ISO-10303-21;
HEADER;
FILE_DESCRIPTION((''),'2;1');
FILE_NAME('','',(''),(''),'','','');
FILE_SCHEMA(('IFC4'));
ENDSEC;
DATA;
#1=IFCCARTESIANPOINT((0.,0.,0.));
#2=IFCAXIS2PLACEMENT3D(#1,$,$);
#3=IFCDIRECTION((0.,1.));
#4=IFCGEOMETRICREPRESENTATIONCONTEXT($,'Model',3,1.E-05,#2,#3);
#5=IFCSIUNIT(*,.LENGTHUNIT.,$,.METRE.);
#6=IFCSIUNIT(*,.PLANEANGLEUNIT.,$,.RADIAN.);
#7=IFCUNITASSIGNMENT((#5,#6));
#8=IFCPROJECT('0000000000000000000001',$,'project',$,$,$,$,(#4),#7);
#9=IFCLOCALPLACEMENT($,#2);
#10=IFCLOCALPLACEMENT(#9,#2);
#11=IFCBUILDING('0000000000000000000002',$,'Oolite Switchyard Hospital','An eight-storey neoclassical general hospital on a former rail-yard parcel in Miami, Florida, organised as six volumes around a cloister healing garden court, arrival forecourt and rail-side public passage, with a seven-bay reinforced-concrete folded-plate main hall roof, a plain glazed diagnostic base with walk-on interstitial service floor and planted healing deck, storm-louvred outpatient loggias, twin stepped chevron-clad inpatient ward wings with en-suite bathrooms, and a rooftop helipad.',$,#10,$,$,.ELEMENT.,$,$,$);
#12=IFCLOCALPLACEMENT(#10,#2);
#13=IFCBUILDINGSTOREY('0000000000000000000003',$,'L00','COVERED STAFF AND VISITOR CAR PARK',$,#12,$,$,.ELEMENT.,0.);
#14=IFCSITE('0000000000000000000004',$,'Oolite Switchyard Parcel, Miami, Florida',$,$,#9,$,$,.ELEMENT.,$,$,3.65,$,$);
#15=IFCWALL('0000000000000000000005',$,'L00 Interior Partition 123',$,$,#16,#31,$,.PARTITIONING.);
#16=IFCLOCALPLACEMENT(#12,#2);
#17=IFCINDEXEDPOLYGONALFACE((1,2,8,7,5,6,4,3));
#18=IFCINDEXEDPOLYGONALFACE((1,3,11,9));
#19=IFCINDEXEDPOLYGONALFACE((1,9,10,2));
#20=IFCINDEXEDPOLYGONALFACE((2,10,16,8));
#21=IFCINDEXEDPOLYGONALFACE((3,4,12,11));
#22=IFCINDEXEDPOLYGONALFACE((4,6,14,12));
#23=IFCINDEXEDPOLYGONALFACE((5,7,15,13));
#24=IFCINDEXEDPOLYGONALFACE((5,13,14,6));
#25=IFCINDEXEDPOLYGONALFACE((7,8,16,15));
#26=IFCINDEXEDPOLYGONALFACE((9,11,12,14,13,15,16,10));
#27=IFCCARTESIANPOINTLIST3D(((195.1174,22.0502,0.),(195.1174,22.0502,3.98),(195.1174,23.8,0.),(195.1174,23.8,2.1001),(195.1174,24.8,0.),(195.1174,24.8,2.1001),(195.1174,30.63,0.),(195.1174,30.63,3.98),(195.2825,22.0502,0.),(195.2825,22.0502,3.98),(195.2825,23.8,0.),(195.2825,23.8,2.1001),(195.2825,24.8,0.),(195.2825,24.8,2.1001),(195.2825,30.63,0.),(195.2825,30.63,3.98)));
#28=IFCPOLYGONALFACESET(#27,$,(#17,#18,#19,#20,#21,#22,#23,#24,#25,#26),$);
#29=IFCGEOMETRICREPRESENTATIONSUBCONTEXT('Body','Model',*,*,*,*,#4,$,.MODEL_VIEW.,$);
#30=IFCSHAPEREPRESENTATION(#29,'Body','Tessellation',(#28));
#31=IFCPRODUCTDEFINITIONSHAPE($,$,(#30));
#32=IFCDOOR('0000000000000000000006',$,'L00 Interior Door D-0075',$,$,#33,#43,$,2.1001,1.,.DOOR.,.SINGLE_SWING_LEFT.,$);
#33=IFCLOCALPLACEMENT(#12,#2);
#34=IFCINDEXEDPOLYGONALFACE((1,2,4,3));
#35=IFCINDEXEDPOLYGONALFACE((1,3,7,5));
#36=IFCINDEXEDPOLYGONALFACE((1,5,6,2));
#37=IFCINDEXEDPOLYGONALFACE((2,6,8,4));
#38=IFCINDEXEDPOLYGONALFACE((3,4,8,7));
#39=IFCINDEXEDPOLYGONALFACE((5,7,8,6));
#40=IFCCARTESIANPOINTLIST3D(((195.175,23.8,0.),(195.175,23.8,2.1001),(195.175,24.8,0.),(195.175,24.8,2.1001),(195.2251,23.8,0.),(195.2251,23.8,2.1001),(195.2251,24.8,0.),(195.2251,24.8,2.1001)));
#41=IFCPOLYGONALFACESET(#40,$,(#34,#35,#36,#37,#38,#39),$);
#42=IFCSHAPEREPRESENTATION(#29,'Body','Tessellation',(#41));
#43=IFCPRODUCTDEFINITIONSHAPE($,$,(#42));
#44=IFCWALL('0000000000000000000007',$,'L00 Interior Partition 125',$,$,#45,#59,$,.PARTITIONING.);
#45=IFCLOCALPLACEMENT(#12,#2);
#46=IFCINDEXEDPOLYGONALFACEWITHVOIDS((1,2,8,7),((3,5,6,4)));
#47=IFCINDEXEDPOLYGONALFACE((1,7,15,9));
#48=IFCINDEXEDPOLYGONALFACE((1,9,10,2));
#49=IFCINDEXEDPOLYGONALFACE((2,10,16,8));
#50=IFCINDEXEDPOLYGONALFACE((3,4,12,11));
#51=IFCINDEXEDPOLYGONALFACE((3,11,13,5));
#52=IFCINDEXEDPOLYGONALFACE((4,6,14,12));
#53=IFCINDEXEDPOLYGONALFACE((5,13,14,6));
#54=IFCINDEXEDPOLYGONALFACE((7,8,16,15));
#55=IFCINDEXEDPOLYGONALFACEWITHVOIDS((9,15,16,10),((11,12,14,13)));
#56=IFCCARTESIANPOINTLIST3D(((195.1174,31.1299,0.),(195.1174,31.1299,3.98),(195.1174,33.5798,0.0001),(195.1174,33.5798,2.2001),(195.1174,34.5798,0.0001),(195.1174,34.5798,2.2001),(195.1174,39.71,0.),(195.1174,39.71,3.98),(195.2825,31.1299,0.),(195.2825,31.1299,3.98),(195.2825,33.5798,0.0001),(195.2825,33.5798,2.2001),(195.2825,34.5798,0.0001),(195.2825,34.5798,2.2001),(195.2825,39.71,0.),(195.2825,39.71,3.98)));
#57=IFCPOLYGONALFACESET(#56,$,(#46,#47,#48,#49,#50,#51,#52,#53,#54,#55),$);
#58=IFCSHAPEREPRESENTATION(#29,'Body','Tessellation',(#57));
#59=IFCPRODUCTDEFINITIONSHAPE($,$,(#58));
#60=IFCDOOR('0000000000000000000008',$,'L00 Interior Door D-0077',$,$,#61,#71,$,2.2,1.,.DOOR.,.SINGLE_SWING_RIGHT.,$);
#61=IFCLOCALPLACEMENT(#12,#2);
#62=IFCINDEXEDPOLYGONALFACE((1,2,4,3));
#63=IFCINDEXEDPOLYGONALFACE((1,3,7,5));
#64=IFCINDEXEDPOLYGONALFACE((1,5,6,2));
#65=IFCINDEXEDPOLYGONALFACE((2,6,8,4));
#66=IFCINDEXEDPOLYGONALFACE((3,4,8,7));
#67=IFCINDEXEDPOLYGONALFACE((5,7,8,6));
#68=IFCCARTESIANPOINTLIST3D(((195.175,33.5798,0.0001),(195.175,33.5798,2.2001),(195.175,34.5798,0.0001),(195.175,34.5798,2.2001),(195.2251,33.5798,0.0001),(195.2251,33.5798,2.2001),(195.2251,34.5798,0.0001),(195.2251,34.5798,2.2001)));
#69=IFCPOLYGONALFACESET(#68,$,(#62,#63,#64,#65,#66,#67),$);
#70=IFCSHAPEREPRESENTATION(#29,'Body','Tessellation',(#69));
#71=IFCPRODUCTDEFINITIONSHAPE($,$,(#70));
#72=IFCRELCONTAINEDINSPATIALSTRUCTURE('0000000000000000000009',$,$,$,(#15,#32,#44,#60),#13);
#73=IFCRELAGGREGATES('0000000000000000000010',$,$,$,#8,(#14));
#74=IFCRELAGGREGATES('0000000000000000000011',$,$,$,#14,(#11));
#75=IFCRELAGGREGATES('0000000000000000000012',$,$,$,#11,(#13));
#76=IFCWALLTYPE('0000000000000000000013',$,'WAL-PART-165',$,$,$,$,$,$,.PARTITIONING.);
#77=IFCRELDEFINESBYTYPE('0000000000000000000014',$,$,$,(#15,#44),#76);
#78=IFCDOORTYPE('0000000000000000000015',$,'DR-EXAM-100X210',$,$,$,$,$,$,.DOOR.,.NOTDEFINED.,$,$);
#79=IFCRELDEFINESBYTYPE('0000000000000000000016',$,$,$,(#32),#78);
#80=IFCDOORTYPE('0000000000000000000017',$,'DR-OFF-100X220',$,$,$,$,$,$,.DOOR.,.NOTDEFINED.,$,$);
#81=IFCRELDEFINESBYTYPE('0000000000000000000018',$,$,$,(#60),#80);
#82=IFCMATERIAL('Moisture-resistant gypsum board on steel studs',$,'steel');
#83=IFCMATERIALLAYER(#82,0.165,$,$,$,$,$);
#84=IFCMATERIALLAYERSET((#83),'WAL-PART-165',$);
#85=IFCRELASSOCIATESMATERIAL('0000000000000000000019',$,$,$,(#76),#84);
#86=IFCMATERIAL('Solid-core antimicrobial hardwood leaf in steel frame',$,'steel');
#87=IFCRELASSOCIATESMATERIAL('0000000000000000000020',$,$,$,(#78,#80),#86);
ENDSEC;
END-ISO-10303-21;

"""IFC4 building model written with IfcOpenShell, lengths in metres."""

from ifc_helpers import new_model, si_unit, direction, frame, frame_2d, origin, place, context, subcontext, project, spatial, rectangle, extrude, material, layer, layer_set, type_object, element, fill, save


model = new_model("IFC4")

# Units and contexts
model_context = context("Model", 3, precision=1e-05, world=origin(), true_north=direction((0.0, 1.0)))
body_context = subcontext(model_context, "Body", "Model", "MODEL_VIEW")
ifc_project = project(units=[si_unit("LENGTHUNIT", "METRE"), si_unit("PLANEANGLEUNIT", "RADIAN")], contexts=[model_context])

# Site, building, storey
site_placement = place(None, origin())
site = spatial("IfcSite", under=ifc_project, at=site_placement, Name="Oolite Switchyard Parcel, Miami, Florida", CompositionType="ELEMENT", RefElevation=3.65)
building_placement = place(site_placement, origin())
building = spatial("IfcBuilding", under=site, at=building_placement, Name="Oolite Switchyard Hospital", Description="An eight-storey neoclassical general hospital on a former rail-yard parcel in Miami, Florida, organised as six volumes around a cloister healing garden court, arrival forecourt and rail-side public passage, with a seven-bay reinforced-concrete folded-plate main hall roof, a plain glazed diagnostic base with walk-on interstitial service floor and planted healing deck, storm-louvred outpatient loggias, twin stepped chevron-clad inpatient ward wings with en-suite bathrooms, and a rooftop helipad.", CompositionType="ELEMENT")
storey_placement = place(building_placement, origin())
storey = spatial("IfcBuildingStorey", under=building, at=storey_placement, Name="L00", Description="COVERED STAFF AND VISITOR CAR PARK", CompositionType="ELEMENT", Elevation=0.0)

# Shared definitions
ifc_material_1 = material(Name="Moisture-resistant gypsum board on steel studs", Category="steel")

# Walls, openings, doors
ifc_layer_1 = layer(ifc_material_1, 0.165)
ifc_layer_set_1 = layer_set([ifc_layer_1], Name="WAL-PART-165")
wall_type_1 = type_object("IfcWallType", Name="WAL-PART-165", PredefinedType="PARTITIONING", material=ifc_layer_set_1)
ifc_material_2 = material(Name="Solid-core antimicrobial hardwood leaf in steel frame", Category="steel")
wall_1_placement = place(storey_placement, frame((195.2, 22.05, 0.0), z_axis=(0.0, 0.0, 1.0), x_axis=(0.0, 1.0, 0.0)))
wall_1 = element("IfcWall", 1, at=wall_1_placement, inside=storey, type_object=wall_type_1, Name="L00 Interior Partition 123", PredefinedType="PARTITIONING", context=body_context, shape_type="SweptSolid", body=[
    extrude(rectangle(XDim=8.5798, YDim=0.165, at=frame_2d((4.29, 0.0))), origin(), (0.0, 0.0, 1.0), 3.98),
])
opening_1_placement = place(wall_1_placement, frame((1.75, 0.0, 0.0)))
opening_1 = element("IfcOpeningElement", 2, at=opening_1_placement, cuts=wall_1, PredefinedType="OPENING", context=body_context, shape_type="SweptSolid", body=[
    extrude(rectangle(XDim=1.0, YDim=2.1001, at=frame_2d((0.5, 1.05))), frame((0.0, 0.0925, 0.0), z_axis=(0.0, -1.0, 0.0), x_axis=(1.0, 0.0, 0.0)), (0.0, 0.0, 1.0), 0.1851),
])
door_type_1 = type_object("IfcDoorType", Name="DR-EXAM-100X210", OperationType="NOTDEFINED", PredefinedType="DOOR", material=ifc_material_2)
door_1_placement = place(opening_1_placement, origin())
door_1 = element("IfcDoor", 3, at=door_1_placement, inside=storey, type_object=door_type_1, Name="L00 Interior Door D-0075", OperationType="SINGLE_SWING_LEFT", OverallHeight=2.1001, OverallWidth=1.0, PredefinedType="DOOR", context=body_context, shape_type="SweptSolid", body=[
    extrude(rectangle(XDim=1.0, YDim=2.1001, at=frame_2d((0.5, 1.05))), frame((0.0, 0.0249, 0.0), z_axis=(0.0, -1.0, 0.0), x_axis=(1.0, 0.0, 0.0)), (0.0, 0.0, 1.0), 0.05),
])
fill(opening_1, door_1)
wall_2_placement = place(storey_placement, frame((195.2, 31.1299, 0.0), z_axis=(0.0, 0.0, 1.0), x_axis=(0.0, 1.0, 0.0)))
wall_2 = element("IfcWall", 4, at=wall_2_placement, inside=storey, type_object=wall_type_1, Name="L00 Interior Partition 125", PredefinedType="PARTITIONING", context=body_context, shape_type="SweptSolid", body=[
    extrude(rectangle(XDim=8.5801, YDim=0.165, at=frame_2d((4.29, 0.0))), origin(), (0.0, 0.0, 1.0), 3.98),
])
opening_2_placement = place(wall_2_placement, frame((2.45, 0.0, 0.0)))
opening_2 = element("IfcOpeningElement", 5, at=opening_2_placement, cuts=wall_2, PredefinedType="OPENING", context=body_context, shape_type="SweptSolid", body=[
    extrude(rectangle(XDim=1.0, YDim=2.2, at=frame_2d((0.5, 1.1001))), frame((0.0, 0.0925, 0.0), z_axis=(0.0, -1.0, 0.0), x_axis=(1.0, 0.0, 0.0)), (0.0, 0.0, 1.0), 0.1851),
])
door_type_2 = type_object("IfcDoorType", Name="DR-OFF-100X220", OperationType="NOTDEFINED", PredefinedType="DOOR", material=ifc_material_2)
door_2_placement = place(opening_2_placement, origin())
door_2 = element("IfcDoor", 6, at=door_2_placement, inside=storey, type_object=door_type_2, Name="L00 Interior Door D-0077", OperationType="SINGLE_SWING_RIGHT", OverallHeight=2.2, OverallWidth=1.0, PredefinedType="DOOR", context=body_context, shape_type="SweptSolid", body=[
    extrude(rectangle(XDim=1.0, YDim=2.2, at=frame_2d((0.5, 1.1001))), frame((0.0, 0.0249, 0.0), z_axis=(0.0, -1.0, 0.0), x_axis=(1.0, 0.0, 0.0)), (0.0, 0.0, 1.0), 0.05),
])
fill(opening_2, door_2)

save(model, "model.ifc")
